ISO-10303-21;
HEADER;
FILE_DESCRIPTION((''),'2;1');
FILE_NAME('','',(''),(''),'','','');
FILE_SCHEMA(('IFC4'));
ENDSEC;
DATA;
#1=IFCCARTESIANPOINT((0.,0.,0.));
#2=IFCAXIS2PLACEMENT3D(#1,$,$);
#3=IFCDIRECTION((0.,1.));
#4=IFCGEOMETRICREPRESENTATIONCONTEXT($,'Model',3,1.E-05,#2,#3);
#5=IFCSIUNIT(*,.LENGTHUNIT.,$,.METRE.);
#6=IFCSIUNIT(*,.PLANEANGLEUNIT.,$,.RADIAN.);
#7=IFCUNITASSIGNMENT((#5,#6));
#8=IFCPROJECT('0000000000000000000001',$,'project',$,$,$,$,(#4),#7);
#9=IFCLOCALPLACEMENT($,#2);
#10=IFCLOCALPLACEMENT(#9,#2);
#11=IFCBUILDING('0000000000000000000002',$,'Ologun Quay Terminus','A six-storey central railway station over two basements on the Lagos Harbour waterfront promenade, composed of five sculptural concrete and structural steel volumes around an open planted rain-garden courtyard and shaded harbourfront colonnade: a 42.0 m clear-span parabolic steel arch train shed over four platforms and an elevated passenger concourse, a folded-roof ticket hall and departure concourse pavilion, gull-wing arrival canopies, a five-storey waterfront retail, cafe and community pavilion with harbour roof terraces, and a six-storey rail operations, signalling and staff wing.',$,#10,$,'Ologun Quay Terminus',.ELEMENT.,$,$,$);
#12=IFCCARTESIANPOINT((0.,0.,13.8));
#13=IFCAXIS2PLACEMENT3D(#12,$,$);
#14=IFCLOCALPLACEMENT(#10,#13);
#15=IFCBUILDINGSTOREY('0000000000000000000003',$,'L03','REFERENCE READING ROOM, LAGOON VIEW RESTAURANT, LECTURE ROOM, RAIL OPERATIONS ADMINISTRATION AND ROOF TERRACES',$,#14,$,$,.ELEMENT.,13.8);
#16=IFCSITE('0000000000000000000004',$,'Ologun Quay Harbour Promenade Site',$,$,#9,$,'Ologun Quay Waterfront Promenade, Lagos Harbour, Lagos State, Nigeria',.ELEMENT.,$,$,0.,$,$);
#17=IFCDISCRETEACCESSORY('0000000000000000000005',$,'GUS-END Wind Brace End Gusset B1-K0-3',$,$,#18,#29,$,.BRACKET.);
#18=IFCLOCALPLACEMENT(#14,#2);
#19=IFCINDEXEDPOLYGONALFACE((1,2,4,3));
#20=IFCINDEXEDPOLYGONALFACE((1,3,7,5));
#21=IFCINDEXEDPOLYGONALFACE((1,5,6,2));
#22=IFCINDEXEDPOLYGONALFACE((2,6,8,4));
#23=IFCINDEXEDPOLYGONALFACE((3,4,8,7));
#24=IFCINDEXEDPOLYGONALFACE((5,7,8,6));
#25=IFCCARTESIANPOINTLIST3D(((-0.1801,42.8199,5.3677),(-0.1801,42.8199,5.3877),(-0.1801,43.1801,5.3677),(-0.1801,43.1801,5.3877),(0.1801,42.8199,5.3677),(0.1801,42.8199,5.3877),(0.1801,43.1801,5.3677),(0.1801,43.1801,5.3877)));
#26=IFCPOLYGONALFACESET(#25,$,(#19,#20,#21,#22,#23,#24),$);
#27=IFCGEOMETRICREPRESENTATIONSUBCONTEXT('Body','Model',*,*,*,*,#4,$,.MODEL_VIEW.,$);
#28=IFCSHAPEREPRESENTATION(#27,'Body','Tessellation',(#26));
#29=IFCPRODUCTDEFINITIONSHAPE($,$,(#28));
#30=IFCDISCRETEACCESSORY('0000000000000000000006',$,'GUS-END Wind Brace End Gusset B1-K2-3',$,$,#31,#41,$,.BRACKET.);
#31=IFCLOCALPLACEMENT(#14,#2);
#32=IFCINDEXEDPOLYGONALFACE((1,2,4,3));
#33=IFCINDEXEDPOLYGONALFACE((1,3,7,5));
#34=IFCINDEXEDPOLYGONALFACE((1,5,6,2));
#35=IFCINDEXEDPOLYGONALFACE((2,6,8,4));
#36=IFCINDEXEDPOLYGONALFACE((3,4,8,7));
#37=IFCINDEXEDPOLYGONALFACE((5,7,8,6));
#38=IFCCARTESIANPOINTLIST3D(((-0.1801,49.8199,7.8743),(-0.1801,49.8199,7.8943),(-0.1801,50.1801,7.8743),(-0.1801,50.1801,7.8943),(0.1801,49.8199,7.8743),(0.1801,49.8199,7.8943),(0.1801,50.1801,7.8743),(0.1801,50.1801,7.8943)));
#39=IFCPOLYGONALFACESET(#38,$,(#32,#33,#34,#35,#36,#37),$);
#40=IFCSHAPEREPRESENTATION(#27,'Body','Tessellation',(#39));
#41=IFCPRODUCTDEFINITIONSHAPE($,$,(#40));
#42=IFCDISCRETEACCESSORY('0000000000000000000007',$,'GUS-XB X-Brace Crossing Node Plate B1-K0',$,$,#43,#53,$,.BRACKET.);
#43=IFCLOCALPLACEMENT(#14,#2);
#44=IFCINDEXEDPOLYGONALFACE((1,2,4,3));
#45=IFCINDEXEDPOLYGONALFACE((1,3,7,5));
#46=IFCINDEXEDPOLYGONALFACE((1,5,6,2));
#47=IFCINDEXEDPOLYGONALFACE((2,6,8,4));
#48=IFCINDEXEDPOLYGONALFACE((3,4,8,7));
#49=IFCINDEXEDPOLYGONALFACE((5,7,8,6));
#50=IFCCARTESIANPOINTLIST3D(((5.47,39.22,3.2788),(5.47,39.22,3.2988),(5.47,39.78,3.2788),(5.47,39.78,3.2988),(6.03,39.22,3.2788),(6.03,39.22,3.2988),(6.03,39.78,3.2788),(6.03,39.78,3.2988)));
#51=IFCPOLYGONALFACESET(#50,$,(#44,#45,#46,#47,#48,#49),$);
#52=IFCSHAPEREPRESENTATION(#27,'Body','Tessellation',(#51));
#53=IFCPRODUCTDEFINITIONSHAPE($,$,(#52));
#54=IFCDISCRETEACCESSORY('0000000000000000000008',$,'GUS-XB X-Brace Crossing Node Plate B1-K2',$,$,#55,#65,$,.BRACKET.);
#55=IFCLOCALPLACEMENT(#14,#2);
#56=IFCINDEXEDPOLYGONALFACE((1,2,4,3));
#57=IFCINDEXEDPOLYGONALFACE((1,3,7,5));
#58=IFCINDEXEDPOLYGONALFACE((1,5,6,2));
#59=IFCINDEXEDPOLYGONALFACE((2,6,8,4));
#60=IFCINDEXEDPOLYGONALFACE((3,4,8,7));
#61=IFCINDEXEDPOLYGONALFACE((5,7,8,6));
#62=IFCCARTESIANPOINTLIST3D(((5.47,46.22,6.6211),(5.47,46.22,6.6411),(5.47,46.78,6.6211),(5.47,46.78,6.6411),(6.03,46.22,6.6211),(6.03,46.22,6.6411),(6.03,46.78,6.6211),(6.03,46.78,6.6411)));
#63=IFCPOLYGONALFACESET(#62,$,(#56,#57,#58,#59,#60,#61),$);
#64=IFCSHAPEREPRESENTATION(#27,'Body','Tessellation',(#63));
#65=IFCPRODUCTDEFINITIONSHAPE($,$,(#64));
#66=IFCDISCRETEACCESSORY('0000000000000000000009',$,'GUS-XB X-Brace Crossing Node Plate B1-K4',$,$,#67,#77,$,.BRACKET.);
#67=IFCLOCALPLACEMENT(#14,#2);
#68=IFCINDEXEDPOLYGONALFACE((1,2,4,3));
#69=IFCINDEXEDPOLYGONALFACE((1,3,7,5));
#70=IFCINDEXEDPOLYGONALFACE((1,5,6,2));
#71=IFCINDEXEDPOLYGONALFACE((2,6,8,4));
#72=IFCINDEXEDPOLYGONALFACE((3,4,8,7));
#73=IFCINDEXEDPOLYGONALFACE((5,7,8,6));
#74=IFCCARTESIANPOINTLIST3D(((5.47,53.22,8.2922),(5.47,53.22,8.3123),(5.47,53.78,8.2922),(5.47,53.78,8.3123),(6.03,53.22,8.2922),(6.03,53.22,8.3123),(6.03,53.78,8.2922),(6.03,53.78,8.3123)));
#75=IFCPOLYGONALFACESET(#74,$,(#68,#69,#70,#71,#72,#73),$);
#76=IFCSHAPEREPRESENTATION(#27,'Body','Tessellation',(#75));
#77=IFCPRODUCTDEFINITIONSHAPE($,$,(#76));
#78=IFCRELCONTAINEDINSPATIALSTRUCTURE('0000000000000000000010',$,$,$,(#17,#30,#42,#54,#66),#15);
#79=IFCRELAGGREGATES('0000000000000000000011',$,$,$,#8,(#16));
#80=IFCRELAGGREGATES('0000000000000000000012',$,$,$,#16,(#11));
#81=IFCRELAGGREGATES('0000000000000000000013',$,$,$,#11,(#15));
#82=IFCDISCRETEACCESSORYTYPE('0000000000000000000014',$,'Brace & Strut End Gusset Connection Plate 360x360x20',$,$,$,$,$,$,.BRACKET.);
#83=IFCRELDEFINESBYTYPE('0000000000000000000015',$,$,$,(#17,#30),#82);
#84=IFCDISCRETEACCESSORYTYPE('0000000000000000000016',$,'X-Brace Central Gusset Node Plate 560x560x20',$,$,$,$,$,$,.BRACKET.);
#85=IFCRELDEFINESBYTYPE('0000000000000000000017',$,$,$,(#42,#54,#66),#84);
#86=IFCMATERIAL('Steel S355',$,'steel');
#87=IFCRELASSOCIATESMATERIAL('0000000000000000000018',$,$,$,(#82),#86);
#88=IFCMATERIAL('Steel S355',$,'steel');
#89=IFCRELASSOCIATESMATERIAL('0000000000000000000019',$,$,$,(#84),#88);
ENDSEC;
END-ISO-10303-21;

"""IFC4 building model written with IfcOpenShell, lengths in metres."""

from ifc_helpers import new_model, si_unit, direction, frame, origin, origin_2d, place, context, subcontext, project, spatial, rectangle, extrude, material, type_object, element, save


model = new_model("IFC4")

# Units and contexts
model_context = context("Model", 3, precision=1e-05, world=origin(), true_north=direction((0.0, 1.0)))
body_context = subcontext(model_context, "Body", "Model", "MODEL_VIEW")
ifc_project = project(units=[si_unit("LENGTHUNIT", "METRE"), si_unit("PLANEANGLEUNIT", "RADIAN")], contexts=[model_context])

# Site, building, storey
site_placement = place(None, origin())
site = spatial("IfcSite", under=ifc_project, at=site_placement, Name="Ologun Quay Harbour Promenade Site", LongName="Ologun Quay Waterfront Promenade, Lagos Harbour, Lagos State, Nigeria", CompositionType="ELEMENT", RefElevation=0.0)
building_placement = place(site_placement, origin())
building = spatial("IfcBuilding", under=site, at=building_placement, Name="Ologun Quay Terminus", Description="A six-storey central railway station over two basements on the Lagos Harbour waterfront promenade, composed of five sculptural concrete and structural steel volumes around an open planted rain-garden courtyard and shaded harbourfront colonnade: a 42.0 m clear-span parabolic steel arch train shed over four platforms and an elevated passenger concourse, a folded-roof ticket hall and departure concourse pavilion, gull-wing arrival canopies, a five-storey waterfront retail, cafe and community pavilion with harbour roof terraces, and a six-storey rail operations, signalling and staff wing.", LongName="Ologun Quay Terminus", CompositionType="ELEMENT")
storey_placement = place(building_placement, frame((0.0, 0.0, 13.8)))
storey = spatial("IfcBuildingStorey", under=building, at=storey_placement, Name="L03", Description="REFERENCE READING ROOM, LAGOON VIEW RESTAURANT, LECTURE ROOM, RAIL OPERATIONS ADMINISTRATION AND ROOF TERRACES", CompositionType="ELEMENT", Elevation=13.8)

# Discrete accessories
ifc_material_1 = material(Name="Steel S355", Category="steel")
discrete_accessory_type_1 = type_object("IfcDiscreteAccessoryType", Name="Brace & Strut End Gusset Connection Plate 360x360x20", PredefinedType="BRACKET", material=ifc_material_1)
for number, where, z_axis, x_axis, name in (
    (1, (0.0, 43.0, 5.3677), (0.0, 0.0, 1.0), (1.0, 0.0, 0.0), "GUS-END Wind Brace End Gusset B1-K0-3"),
    (2, (0.0, 50.0, 7.8743), (0.0, 0.0, 1.0), (1.0, 0.0, 0.0), "GUS-END Wind Brace End Gusset B1-K2-3"),
):
    element("IfcDiscreteAccessory", number, at=place(storey_placement, frame(where, z_axis=z_axis, x_axis=x_axis)), inside=storey, type_object=discrete_accessory_type_1, Name=name, PredefinedType="BRACKET", context=body_context, shape_type="SweptSolid", body=[
        extrude(rectangle(XDim=0.3601, YDim=0.3601, at=origin_2d()), origin(), (0.0, 0.0, 1.0), 0.02),
    ])
ifc_material_2 = material(Name="Steel S355", Category="steel")
discrete_accessory_type_2 = type_object("IfcDiscreteAccessoryType", Name="X-Brace Central Gusset Node Plate 560x560x20", PredefinedType="BRACKET", material=ifc_material_2)
for number, where, z_axis, x_axis, name in (
    (3, (5.75, 39.5, 3.2788), (0.0, 0.0, 1.0), (1.0, 0.0, 0.0), "GUS-XB X-Brace Crossing Node Plate B1-K0"),
    (4, (5.75, 46.5, 6.6211), (0.0, 0.0, 1.0), (1.0, 0.0, 0.0), "GUS-XB X-Brace Crossing Node Plate B1-K2"),
    (5, (5.75, 53.5, 8.2922), (0.0, 0.0, 1.0), (1.0, 0.0, 0.0), "GUS-XB X-Brace Crossing Node Plate B1-K4"),
):
    element("IfcDiscreteAccessory", number, at=place(storey_placement, frame(where, z_axis=z_axis, x_axis=x_axis)), inside=storey, type_object=discrete_accessory_type_2, Name=name, PredefinedType="BRACKET", context=body_context, shape_type="SweptSolid", body=[
        extrude(rectangle(XDim=0.5601, YDim=0.5601, at=origin_2d()), origin(), (0.0, 0.0, 1.0), 0.02),
    ])

save(model, "model.ifc")
